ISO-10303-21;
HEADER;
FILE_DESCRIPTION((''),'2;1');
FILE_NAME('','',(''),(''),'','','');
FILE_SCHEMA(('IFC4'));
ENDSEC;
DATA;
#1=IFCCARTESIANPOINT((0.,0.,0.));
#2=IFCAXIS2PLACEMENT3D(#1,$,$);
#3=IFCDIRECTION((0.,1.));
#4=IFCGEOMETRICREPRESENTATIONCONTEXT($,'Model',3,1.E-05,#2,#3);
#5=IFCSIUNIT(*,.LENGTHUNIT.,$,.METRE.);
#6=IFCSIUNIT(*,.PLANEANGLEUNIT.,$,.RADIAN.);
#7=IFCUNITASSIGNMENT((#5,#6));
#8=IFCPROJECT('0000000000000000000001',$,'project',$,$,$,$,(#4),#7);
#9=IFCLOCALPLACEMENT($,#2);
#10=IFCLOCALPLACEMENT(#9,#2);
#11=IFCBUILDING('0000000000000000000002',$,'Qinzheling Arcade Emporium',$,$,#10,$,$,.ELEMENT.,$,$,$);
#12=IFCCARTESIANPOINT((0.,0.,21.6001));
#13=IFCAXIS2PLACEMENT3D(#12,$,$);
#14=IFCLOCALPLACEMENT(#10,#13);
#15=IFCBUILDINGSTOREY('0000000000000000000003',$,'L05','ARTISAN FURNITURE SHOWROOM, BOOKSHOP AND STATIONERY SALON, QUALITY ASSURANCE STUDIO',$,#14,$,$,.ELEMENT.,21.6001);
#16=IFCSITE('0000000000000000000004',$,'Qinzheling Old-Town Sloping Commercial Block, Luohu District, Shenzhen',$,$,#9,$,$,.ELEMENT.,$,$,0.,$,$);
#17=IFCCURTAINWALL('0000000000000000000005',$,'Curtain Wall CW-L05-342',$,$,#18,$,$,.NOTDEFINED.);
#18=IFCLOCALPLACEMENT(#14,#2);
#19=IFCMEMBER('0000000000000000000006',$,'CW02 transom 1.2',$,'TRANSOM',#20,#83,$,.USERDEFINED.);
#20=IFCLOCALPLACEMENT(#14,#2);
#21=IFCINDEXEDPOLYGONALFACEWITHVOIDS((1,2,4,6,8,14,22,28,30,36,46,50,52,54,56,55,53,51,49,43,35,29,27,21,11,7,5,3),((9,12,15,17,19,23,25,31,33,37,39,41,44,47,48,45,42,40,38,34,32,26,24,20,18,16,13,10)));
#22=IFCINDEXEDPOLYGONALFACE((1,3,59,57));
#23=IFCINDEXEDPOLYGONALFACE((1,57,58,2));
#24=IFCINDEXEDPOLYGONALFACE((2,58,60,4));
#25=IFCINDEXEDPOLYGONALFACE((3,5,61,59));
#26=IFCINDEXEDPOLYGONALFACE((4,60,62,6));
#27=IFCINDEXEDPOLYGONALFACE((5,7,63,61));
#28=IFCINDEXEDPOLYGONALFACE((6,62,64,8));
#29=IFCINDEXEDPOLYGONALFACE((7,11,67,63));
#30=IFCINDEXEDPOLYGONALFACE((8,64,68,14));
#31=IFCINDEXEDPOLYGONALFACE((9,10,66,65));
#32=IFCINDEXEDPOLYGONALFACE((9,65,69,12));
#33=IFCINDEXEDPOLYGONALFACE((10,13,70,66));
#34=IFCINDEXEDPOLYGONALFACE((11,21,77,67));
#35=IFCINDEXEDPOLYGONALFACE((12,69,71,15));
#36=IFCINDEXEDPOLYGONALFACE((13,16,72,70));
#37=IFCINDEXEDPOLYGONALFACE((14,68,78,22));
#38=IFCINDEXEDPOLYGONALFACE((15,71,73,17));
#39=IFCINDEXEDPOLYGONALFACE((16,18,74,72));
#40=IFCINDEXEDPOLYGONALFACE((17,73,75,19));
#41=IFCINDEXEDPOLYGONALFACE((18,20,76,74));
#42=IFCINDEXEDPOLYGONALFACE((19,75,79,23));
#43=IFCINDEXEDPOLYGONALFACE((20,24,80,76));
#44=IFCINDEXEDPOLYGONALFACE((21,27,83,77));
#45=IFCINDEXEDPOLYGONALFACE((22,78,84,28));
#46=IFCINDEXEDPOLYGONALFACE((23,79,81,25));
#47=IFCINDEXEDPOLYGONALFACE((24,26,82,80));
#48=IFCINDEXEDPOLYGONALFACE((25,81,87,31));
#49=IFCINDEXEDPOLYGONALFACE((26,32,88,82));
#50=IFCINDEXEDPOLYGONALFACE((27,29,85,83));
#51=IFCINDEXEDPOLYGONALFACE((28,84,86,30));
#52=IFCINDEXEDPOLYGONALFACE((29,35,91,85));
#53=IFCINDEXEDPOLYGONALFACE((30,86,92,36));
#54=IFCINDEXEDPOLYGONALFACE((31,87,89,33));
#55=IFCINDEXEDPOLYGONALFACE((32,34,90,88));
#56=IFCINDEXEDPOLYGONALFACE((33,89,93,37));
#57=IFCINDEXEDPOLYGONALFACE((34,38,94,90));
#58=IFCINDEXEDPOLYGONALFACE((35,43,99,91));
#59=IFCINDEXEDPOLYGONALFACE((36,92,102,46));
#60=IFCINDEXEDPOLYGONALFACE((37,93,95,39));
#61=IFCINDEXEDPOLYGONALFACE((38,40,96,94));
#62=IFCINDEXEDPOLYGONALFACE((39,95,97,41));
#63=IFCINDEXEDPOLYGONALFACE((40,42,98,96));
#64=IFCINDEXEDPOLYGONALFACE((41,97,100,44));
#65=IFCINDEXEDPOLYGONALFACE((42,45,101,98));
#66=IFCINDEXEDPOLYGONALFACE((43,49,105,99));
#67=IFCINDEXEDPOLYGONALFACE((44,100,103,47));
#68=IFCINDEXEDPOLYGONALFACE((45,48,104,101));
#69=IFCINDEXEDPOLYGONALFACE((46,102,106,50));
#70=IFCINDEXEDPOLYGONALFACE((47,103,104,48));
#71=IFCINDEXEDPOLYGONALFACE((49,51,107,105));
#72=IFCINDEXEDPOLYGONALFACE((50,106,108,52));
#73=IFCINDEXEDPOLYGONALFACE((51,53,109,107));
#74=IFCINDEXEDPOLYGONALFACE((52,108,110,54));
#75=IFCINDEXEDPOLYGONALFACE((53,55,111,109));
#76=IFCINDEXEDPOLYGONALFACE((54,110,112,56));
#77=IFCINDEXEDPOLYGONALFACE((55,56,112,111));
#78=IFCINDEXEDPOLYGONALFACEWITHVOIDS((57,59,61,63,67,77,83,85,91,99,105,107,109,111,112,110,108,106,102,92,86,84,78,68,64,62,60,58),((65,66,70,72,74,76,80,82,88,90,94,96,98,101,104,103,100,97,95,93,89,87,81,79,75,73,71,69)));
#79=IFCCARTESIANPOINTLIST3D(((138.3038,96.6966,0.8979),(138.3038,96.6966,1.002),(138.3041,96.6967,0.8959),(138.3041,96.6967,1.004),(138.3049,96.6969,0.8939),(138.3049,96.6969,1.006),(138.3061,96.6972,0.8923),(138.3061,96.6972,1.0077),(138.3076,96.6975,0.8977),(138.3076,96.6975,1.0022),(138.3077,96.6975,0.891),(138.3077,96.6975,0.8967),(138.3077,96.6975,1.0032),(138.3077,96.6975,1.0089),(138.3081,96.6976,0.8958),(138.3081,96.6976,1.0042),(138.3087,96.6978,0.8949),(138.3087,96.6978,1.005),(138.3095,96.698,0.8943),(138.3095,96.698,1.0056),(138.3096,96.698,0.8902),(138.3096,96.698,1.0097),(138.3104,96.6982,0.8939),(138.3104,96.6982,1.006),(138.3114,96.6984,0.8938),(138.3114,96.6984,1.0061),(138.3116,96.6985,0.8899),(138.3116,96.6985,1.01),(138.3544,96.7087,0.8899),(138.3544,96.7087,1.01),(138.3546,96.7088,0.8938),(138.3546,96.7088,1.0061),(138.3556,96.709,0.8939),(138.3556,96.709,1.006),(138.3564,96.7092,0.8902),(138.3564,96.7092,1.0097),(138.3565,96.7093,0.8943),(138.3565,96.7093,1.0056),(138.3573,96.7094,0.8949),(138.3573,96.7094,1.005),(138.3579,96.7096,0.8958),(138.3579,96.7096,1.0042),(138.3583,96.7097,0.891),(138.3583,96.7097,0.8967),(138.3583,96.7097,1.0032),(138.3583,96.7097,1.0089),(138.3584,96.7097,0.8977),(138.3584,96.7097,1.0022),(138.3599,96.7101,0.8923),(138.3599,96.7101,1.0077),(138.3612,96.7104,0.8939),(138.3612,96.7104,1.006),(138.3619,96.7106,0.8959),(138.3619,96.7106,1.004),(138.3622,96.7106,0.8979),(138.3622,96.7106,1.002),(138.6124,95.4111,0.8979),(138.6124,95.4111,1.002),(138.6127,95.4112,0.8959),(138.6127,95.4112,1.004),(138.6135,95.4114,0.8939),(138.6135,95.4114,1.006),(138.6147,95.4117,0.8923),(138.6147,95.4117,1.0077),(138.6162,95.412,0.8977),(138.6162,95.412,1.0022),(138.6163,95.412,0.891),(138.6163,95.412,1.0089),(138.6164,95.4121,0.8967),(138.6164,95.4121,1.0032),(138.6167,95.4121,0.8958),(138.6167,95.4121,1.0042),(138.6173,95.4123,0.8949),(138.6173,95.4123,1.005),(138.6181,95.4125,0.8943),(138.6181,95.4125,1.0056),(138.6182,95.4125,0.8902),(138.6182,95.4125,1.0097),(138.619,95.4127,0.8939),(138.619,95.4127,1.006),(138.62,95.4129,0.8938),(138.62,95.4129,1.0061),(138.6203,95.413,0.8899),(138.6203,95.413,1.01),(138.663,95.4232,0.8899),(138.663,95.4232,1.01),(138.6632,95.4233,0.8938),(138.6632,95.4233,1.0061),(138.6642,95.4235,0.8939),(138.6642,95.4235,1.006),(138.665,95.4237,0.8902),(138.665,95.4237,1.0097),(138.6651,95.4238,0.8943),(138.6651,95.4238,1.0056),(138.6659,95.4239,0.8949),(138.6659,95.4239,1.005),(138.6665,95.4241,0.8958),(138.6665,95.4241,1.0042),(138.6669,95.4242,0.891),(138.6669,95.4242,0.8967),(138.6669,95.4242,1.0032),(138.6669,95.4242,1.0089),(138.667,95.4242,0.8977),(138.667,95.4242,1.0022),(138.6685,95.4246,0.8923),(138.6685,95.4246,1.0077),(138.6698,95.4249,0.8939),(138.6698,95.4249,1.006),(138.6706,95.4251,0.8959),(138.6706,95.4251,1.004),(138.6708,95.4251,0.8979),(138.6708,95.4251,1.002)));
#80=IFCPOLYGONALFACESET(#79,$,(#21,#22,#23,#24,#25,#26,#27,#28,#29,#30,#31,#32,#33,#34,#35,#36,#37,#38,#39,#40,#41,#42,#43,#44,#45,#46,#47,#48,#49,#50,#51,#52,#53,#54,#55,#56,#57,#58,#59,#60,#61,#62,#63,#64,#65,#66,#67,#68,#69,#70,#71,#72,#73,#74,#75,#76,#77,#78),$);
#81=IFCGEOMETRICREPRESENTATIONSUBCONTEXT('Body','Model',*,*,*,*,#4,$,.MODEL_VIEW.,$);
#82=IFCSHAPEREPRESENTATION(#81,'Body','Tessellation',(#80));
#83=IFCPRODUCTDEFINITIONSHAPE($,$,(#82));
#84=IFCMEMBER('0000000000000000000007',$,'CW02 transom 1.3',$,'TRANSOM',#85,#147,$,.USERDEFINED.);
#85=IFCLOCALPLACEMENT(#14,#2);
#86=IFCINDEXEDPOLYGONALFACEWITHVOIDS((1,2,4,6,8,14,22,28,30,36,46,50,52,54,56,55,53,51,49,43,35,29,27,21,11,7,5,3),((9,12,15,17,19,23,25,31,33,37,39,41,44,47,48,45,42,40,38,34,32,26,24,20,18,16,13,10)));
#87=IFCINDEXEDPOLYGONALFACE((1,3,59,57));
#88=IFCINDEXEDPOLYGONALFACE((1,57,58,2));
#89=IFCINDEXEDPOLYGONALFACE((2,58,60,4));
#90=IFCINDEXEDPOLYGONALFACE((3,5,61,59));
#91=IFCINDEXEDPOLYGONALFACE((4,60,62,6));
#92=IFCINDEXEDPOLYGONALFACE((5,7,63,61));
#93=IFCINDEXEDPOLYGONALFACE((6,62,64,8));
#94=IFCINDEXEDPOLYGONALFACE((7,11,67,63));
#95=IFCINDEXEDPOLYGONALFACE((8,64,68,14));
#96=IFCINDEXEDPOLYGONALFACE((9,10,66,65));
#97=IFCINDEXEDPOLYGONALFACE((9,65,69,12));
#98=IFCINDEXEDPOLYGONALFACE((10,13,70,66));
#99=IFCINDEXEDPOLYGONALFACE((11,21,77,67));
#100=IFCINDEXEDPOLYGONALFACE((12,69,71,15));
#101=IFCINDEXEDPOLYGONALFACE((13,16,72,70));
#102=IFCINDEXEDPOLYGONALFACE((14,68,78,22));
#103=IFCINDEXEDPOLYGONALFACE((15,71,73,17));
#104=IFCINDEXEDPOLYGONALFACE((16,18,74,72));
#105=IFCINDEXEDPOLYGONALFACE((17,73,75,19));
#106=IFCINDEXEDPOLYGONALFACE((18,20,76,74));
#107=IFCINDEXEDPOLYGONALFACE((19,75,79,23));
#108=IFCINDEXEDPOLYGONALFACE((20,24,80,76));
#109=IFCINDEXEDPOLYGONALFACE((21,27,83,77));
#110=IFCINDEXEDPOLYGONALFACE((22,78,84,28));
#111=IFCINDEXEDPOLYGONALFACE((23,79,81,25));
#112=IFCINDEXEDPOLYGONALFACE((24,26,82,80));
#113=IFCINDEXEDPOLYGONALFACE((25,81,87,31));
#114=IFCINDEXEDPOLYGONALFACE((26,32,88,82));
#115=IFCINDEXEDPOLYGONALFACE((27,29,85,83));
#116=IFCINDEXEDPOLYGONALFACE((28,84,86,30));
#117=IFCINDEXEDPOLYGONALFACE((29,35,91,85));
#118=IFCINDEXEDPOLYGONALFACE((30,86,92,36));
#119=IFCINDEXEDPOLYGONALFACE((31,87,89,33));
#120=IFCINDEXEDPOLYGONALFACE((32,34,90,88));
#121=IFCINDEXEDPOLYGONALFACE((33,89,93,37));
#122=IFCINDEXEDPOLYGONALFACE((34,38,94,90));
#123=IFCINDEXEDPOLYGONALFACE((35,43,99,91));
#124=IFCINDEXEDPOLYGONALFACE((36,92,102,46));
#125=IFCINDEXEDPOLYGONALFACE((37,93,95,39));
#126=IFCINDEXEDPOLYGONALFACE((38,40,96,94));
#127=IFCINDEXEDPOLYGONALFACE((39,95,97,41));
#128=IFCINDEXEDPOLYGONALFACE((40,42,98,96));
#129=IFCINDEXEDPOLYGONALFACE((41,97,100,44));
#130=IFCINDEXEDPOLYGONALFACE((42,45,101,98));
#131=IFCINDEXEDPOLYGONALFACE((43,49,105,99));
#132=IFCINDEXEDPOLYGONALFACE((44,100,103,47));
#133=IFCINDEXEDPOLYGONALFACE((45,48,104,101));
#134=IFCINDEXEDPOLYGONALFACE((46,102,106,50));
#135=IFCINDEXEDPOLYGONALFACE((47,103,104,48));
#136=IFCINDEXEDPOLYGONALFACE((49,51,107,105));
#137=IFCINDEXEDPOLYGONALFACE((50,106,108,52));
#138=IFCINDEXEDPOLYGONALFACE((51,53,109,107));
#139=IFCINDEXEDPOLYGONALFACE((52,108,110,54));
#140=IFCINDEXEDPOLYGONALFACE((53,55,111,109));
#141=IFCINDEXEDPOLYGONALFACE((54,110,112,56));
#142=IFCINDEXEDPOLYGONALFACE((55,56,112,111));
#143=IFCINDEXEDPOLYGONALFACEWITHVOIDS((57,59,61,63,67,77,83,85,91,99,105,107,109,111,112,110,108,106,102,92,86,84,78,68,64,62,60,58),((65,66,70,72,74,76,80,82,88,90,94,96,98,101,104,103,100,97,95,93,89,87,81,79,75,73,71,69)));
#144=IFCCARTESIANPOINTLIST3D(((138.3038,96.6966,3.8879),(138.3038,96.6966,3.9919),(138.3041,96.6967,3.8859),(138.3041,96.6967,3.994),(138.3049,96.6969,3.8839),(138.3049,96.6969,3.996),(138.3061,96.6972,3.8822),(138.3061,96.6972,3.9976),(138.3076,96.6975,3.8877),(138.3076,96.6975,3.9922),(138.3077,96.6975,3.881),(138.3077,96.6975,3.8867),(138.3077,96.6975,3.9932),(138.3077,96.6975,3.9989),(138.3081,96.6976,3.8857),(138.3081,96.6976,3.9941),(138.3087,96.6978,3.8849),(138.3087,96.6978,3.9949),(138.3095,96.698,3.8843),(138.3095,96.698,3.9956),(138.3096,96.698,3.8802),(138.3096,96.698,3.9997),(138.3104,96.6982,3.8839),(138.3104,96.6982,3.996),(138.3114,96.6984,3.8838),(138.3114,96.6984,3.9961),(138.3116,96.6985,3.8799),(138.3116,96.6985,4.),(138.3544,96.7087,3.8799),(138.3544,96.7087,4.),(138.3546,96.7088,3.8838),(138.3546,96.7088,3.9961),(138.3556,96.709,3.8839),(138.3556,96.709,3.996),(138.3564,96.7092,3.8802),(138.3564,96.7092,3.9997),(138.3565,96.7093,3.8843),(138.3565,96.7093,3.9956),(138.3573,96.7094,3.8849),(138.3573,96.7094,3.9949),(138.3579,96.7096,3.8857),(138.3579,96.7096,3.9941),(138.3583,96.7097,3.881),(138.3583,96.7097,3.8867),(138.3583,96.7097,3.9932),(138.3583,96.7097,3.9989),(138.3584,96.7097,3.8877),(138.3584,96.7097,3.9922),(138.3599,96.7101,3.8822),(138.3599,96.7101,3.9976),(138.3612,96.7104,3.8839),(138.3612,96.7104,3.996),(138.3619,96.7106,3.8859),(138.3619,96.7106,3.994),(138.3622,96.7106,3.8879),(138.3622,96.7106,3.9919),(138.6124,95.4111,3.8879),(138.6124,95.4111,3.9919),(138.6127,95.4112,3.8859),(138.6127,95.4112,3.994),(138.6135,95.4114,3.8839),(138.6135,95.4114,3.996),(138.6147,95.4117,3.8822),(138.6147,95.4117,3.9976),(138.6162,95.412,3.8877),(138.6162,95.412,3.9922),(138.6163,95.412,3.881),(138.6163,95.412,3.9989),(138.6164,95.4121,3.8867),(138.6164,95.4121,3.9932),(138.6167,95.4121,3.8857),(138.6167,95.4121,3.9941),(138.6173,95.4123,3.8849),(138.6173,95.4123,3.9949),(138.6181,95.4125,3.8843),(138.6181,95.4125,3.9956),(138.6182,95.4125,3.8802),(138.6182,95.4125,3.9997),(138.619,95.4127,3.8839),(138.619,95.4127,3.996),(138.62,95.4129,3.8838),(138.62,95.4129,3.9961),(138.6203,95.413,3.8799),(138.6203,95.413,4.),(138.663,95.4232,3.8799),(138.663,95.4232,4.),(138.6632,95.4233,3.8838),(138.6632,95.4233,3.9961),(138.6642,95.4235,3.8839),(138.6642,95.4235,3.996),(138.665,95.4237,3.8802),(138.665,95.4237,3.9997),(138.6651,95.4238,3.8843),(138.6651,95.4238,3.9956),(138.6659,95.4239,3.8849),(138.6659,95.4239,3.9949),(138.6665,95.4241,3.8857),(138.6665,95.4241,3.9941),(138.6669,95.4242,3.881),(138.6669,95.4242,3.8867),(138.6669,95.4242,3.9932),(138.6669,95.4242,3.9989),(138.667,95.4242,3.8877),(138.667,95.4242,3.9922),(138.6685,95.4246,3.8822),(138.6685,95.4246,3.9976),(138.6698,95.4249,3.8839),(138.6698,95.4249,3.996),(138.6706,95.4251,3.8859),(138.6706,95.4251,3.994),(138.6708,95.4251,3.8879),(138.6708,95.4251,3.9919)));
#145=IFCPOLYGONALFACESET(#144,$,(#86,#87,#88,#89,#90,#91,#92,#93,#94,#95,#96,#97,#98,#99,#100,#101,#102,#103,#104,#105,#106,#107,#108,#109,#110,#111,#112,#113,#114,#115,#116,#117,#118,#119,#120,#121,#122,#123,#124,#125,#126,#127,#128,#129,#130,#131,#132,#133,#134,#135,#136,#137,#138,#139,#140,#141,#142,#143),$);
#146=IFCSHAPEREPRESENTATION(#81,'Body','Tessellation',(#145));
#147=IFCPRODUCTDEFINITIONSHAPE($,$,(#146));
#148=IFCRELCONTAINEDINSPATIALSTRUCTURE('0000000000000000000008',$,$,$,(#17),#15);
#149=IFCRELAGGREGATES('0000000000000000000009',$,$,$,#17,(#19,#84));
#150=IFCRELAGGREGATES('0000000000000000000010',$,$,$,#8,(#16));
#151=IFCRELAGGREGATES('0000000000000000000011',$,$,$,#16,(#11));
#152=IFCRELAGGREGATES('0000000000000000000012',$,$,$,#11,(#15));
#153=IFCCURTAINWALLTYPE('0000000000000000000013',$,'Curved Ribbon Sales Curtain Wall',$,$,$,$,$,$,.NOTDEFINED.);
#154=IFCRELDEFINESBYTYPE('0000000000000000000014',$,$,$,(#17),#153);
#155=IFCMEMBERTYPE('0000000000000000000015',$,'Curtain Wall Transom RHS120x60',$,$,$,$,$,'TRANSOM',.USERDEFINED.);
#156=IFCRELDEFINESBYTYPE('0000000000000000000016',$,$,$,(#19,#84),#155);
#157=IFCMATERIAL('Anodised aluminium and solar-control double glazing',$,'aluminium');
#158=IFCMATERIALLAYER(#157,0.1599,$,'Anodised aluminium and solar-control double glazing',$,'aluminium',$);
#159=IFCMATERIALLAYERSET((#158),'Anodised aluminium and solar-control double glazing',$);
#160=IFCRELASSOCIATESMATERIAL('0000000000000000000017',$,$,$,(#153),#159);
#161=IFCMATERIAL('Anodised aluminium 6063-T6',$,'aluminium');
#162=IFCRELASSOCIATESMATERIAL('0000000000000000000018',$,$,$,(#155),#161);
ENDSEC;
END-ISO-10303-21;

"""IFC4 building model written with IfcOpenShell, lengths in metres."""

from ifc_helpers import new_model, si_unit, direction, frame, origin, origin_2d, place, context, subcontext, project, spatial, hollow_rectangle, extrude, material, layer, layer_set, material_profile, profile_set, type_object, element, aggregate, save


model = new_model("IFC4")

# Units and contexts
model_context = context("Model", 3, precision=1e-05, world=origin(), true_north=direction((0.0, 1.0)))
body_context = subcontext(model_context, "Body", "Model", "MODEL_VIEW")
ifc_project = project(units=[si_unit("LENGTHUNIT", "METRE"), si_unit("PLANEANGLEUNIT", "RADIAN")], contexts=[model_context])

# Site, building, storey
site_placement = place(None, origin())
site = spatial("IfcSite", under=ifc_project, at=site_placement, Name="Qinzheling Old-Town Sloping Commercial Block, Luohu District, Shenzhen", CompositionType="ELEMENT", RefElevation=0.0)
building_placement = place(site_placement, origin())
building = spatial("IfcBuilding", under=site, at=building_placement, Name="Qinzheling Arcade Emporium", CompositionType="ELEMENT")
storey_placement = place(building_placement, frame((0.0, 0.0, 21.6001)))
storey = spatial("IfcBuildingStorey", under=building, at=storey_placement, Name="L05", Description="ARTISAN FURNITURE SHOWROOM, BOOKSHOP AND STATIONERY SALON, QUALITY ASSURANCE STUDIO", CompositionType="ELEMENT", Elevation=21.6001)

# Shared definitions
ifc_material_1 = material(Name="Anodised aluminium and solar-control double glazing", Category="aluminium")
ifc_layer_1 = layer(ifc_material_1, 0.1599, Name="Anodised aluminium and solar-control double glazing", Category="aluminium")
ifc_layer_set_1 = layer_set([ifc_layer_1], Name="Anodised aluminium and solar-control double glazing")
curtain_wall_type = type_object("IfcCurtainWallType", Name="Curved Ribbon Sales Curtain Wall", PredefinedType="NOTDEFINED", material=ifc_layer_set_1)
ifc_material_2 = material(Name="Anodised aluminium 6063-T6", Category="aluminium")

# Curtain wall
curtain_wall_1_placement = place(storey_placement, origin())
curtain_wall_1 = element("IfcCurtainWall", 1, at=curtain_wall_1_placement, inside=storey, type_object=curtain_wall_type, Name="Curtain Wall CW-L05-342", PredefinedType="NOTDEFINED")

# Members
ifc_material_profile_1 = material_profile(ifc_material_2, hollow_rectangle(XDim=0.0601, YDim=0.1201, WallThickness=0.0039, InnerFilletRadius=0.0039, OuterFilletRadius=0.0081, at=origin_2d()), Name="RHS 120x60x4", Category="aluminium")
ifc_profile_set_1 = profile_set([ifc_material_profile_1], Name="Anodised aluminium 6063-T6")
member_type_1 = type_object("IfcMemberType", Name="Curtain Wall Transom RHS120x60", ElementType="TRANSOM", PredefinedType="USERDEFINED", material=ifc_profile_set_1)
member_1_placement = place(storey_placement, frame((138.333, 96.7036, 0.95), z_axis=(0.233443, -0.972371, 0.0), x_axis=(0.972371, 0.233443, 0.0)))
member_1 = element("IfcMember", 2, at=member_1_placement, type_object=member_type_1, Name="CW02 transom 1.2", ObjectType="TRANSOM", PredefinedType="USERDEFINED", context=body_context, shape_type="SweptSolid", body=[
    extrude(hollow_rectangle(XDim=0.0601, YDim=0.1201, WallThickness=0.0039, InnerFilletRadius=0.0039, OuterFilletRadius=0.0081, at=origin_2d()), origin(), (0.0, 0.0, 1.0), 1.322),
])
member_2_placement = place(storey_placement, frame((138.333, 96.7036, 3.9399), z_axis=(0.233443, -0.972371, 0.0), x_axis=(0.972371, 0.233443, 0.0)))
member_2 = element("IfcMember", 3, at=member_2_placement, type_object=member_type_1, Name="CW02 transom 1.3", ObjectType="TRANSOM", PredefinedType="USERDEFINED", context=body_context, shape_type="SweptSolid", body=[
    extrude(hollow_rectangle(XDim=0.0601, YDim=0.1201, WallThickness=0.0039, InnerFilletRadius=0.0039, OuterFilletRadius=0.0081, at=origin_2d()), origin(), (0.0, 0.0, 1.0), 1.322),
])

aggregate(curtain_wall_1, [member_1, member_2])

save(model, "model.ifc")
